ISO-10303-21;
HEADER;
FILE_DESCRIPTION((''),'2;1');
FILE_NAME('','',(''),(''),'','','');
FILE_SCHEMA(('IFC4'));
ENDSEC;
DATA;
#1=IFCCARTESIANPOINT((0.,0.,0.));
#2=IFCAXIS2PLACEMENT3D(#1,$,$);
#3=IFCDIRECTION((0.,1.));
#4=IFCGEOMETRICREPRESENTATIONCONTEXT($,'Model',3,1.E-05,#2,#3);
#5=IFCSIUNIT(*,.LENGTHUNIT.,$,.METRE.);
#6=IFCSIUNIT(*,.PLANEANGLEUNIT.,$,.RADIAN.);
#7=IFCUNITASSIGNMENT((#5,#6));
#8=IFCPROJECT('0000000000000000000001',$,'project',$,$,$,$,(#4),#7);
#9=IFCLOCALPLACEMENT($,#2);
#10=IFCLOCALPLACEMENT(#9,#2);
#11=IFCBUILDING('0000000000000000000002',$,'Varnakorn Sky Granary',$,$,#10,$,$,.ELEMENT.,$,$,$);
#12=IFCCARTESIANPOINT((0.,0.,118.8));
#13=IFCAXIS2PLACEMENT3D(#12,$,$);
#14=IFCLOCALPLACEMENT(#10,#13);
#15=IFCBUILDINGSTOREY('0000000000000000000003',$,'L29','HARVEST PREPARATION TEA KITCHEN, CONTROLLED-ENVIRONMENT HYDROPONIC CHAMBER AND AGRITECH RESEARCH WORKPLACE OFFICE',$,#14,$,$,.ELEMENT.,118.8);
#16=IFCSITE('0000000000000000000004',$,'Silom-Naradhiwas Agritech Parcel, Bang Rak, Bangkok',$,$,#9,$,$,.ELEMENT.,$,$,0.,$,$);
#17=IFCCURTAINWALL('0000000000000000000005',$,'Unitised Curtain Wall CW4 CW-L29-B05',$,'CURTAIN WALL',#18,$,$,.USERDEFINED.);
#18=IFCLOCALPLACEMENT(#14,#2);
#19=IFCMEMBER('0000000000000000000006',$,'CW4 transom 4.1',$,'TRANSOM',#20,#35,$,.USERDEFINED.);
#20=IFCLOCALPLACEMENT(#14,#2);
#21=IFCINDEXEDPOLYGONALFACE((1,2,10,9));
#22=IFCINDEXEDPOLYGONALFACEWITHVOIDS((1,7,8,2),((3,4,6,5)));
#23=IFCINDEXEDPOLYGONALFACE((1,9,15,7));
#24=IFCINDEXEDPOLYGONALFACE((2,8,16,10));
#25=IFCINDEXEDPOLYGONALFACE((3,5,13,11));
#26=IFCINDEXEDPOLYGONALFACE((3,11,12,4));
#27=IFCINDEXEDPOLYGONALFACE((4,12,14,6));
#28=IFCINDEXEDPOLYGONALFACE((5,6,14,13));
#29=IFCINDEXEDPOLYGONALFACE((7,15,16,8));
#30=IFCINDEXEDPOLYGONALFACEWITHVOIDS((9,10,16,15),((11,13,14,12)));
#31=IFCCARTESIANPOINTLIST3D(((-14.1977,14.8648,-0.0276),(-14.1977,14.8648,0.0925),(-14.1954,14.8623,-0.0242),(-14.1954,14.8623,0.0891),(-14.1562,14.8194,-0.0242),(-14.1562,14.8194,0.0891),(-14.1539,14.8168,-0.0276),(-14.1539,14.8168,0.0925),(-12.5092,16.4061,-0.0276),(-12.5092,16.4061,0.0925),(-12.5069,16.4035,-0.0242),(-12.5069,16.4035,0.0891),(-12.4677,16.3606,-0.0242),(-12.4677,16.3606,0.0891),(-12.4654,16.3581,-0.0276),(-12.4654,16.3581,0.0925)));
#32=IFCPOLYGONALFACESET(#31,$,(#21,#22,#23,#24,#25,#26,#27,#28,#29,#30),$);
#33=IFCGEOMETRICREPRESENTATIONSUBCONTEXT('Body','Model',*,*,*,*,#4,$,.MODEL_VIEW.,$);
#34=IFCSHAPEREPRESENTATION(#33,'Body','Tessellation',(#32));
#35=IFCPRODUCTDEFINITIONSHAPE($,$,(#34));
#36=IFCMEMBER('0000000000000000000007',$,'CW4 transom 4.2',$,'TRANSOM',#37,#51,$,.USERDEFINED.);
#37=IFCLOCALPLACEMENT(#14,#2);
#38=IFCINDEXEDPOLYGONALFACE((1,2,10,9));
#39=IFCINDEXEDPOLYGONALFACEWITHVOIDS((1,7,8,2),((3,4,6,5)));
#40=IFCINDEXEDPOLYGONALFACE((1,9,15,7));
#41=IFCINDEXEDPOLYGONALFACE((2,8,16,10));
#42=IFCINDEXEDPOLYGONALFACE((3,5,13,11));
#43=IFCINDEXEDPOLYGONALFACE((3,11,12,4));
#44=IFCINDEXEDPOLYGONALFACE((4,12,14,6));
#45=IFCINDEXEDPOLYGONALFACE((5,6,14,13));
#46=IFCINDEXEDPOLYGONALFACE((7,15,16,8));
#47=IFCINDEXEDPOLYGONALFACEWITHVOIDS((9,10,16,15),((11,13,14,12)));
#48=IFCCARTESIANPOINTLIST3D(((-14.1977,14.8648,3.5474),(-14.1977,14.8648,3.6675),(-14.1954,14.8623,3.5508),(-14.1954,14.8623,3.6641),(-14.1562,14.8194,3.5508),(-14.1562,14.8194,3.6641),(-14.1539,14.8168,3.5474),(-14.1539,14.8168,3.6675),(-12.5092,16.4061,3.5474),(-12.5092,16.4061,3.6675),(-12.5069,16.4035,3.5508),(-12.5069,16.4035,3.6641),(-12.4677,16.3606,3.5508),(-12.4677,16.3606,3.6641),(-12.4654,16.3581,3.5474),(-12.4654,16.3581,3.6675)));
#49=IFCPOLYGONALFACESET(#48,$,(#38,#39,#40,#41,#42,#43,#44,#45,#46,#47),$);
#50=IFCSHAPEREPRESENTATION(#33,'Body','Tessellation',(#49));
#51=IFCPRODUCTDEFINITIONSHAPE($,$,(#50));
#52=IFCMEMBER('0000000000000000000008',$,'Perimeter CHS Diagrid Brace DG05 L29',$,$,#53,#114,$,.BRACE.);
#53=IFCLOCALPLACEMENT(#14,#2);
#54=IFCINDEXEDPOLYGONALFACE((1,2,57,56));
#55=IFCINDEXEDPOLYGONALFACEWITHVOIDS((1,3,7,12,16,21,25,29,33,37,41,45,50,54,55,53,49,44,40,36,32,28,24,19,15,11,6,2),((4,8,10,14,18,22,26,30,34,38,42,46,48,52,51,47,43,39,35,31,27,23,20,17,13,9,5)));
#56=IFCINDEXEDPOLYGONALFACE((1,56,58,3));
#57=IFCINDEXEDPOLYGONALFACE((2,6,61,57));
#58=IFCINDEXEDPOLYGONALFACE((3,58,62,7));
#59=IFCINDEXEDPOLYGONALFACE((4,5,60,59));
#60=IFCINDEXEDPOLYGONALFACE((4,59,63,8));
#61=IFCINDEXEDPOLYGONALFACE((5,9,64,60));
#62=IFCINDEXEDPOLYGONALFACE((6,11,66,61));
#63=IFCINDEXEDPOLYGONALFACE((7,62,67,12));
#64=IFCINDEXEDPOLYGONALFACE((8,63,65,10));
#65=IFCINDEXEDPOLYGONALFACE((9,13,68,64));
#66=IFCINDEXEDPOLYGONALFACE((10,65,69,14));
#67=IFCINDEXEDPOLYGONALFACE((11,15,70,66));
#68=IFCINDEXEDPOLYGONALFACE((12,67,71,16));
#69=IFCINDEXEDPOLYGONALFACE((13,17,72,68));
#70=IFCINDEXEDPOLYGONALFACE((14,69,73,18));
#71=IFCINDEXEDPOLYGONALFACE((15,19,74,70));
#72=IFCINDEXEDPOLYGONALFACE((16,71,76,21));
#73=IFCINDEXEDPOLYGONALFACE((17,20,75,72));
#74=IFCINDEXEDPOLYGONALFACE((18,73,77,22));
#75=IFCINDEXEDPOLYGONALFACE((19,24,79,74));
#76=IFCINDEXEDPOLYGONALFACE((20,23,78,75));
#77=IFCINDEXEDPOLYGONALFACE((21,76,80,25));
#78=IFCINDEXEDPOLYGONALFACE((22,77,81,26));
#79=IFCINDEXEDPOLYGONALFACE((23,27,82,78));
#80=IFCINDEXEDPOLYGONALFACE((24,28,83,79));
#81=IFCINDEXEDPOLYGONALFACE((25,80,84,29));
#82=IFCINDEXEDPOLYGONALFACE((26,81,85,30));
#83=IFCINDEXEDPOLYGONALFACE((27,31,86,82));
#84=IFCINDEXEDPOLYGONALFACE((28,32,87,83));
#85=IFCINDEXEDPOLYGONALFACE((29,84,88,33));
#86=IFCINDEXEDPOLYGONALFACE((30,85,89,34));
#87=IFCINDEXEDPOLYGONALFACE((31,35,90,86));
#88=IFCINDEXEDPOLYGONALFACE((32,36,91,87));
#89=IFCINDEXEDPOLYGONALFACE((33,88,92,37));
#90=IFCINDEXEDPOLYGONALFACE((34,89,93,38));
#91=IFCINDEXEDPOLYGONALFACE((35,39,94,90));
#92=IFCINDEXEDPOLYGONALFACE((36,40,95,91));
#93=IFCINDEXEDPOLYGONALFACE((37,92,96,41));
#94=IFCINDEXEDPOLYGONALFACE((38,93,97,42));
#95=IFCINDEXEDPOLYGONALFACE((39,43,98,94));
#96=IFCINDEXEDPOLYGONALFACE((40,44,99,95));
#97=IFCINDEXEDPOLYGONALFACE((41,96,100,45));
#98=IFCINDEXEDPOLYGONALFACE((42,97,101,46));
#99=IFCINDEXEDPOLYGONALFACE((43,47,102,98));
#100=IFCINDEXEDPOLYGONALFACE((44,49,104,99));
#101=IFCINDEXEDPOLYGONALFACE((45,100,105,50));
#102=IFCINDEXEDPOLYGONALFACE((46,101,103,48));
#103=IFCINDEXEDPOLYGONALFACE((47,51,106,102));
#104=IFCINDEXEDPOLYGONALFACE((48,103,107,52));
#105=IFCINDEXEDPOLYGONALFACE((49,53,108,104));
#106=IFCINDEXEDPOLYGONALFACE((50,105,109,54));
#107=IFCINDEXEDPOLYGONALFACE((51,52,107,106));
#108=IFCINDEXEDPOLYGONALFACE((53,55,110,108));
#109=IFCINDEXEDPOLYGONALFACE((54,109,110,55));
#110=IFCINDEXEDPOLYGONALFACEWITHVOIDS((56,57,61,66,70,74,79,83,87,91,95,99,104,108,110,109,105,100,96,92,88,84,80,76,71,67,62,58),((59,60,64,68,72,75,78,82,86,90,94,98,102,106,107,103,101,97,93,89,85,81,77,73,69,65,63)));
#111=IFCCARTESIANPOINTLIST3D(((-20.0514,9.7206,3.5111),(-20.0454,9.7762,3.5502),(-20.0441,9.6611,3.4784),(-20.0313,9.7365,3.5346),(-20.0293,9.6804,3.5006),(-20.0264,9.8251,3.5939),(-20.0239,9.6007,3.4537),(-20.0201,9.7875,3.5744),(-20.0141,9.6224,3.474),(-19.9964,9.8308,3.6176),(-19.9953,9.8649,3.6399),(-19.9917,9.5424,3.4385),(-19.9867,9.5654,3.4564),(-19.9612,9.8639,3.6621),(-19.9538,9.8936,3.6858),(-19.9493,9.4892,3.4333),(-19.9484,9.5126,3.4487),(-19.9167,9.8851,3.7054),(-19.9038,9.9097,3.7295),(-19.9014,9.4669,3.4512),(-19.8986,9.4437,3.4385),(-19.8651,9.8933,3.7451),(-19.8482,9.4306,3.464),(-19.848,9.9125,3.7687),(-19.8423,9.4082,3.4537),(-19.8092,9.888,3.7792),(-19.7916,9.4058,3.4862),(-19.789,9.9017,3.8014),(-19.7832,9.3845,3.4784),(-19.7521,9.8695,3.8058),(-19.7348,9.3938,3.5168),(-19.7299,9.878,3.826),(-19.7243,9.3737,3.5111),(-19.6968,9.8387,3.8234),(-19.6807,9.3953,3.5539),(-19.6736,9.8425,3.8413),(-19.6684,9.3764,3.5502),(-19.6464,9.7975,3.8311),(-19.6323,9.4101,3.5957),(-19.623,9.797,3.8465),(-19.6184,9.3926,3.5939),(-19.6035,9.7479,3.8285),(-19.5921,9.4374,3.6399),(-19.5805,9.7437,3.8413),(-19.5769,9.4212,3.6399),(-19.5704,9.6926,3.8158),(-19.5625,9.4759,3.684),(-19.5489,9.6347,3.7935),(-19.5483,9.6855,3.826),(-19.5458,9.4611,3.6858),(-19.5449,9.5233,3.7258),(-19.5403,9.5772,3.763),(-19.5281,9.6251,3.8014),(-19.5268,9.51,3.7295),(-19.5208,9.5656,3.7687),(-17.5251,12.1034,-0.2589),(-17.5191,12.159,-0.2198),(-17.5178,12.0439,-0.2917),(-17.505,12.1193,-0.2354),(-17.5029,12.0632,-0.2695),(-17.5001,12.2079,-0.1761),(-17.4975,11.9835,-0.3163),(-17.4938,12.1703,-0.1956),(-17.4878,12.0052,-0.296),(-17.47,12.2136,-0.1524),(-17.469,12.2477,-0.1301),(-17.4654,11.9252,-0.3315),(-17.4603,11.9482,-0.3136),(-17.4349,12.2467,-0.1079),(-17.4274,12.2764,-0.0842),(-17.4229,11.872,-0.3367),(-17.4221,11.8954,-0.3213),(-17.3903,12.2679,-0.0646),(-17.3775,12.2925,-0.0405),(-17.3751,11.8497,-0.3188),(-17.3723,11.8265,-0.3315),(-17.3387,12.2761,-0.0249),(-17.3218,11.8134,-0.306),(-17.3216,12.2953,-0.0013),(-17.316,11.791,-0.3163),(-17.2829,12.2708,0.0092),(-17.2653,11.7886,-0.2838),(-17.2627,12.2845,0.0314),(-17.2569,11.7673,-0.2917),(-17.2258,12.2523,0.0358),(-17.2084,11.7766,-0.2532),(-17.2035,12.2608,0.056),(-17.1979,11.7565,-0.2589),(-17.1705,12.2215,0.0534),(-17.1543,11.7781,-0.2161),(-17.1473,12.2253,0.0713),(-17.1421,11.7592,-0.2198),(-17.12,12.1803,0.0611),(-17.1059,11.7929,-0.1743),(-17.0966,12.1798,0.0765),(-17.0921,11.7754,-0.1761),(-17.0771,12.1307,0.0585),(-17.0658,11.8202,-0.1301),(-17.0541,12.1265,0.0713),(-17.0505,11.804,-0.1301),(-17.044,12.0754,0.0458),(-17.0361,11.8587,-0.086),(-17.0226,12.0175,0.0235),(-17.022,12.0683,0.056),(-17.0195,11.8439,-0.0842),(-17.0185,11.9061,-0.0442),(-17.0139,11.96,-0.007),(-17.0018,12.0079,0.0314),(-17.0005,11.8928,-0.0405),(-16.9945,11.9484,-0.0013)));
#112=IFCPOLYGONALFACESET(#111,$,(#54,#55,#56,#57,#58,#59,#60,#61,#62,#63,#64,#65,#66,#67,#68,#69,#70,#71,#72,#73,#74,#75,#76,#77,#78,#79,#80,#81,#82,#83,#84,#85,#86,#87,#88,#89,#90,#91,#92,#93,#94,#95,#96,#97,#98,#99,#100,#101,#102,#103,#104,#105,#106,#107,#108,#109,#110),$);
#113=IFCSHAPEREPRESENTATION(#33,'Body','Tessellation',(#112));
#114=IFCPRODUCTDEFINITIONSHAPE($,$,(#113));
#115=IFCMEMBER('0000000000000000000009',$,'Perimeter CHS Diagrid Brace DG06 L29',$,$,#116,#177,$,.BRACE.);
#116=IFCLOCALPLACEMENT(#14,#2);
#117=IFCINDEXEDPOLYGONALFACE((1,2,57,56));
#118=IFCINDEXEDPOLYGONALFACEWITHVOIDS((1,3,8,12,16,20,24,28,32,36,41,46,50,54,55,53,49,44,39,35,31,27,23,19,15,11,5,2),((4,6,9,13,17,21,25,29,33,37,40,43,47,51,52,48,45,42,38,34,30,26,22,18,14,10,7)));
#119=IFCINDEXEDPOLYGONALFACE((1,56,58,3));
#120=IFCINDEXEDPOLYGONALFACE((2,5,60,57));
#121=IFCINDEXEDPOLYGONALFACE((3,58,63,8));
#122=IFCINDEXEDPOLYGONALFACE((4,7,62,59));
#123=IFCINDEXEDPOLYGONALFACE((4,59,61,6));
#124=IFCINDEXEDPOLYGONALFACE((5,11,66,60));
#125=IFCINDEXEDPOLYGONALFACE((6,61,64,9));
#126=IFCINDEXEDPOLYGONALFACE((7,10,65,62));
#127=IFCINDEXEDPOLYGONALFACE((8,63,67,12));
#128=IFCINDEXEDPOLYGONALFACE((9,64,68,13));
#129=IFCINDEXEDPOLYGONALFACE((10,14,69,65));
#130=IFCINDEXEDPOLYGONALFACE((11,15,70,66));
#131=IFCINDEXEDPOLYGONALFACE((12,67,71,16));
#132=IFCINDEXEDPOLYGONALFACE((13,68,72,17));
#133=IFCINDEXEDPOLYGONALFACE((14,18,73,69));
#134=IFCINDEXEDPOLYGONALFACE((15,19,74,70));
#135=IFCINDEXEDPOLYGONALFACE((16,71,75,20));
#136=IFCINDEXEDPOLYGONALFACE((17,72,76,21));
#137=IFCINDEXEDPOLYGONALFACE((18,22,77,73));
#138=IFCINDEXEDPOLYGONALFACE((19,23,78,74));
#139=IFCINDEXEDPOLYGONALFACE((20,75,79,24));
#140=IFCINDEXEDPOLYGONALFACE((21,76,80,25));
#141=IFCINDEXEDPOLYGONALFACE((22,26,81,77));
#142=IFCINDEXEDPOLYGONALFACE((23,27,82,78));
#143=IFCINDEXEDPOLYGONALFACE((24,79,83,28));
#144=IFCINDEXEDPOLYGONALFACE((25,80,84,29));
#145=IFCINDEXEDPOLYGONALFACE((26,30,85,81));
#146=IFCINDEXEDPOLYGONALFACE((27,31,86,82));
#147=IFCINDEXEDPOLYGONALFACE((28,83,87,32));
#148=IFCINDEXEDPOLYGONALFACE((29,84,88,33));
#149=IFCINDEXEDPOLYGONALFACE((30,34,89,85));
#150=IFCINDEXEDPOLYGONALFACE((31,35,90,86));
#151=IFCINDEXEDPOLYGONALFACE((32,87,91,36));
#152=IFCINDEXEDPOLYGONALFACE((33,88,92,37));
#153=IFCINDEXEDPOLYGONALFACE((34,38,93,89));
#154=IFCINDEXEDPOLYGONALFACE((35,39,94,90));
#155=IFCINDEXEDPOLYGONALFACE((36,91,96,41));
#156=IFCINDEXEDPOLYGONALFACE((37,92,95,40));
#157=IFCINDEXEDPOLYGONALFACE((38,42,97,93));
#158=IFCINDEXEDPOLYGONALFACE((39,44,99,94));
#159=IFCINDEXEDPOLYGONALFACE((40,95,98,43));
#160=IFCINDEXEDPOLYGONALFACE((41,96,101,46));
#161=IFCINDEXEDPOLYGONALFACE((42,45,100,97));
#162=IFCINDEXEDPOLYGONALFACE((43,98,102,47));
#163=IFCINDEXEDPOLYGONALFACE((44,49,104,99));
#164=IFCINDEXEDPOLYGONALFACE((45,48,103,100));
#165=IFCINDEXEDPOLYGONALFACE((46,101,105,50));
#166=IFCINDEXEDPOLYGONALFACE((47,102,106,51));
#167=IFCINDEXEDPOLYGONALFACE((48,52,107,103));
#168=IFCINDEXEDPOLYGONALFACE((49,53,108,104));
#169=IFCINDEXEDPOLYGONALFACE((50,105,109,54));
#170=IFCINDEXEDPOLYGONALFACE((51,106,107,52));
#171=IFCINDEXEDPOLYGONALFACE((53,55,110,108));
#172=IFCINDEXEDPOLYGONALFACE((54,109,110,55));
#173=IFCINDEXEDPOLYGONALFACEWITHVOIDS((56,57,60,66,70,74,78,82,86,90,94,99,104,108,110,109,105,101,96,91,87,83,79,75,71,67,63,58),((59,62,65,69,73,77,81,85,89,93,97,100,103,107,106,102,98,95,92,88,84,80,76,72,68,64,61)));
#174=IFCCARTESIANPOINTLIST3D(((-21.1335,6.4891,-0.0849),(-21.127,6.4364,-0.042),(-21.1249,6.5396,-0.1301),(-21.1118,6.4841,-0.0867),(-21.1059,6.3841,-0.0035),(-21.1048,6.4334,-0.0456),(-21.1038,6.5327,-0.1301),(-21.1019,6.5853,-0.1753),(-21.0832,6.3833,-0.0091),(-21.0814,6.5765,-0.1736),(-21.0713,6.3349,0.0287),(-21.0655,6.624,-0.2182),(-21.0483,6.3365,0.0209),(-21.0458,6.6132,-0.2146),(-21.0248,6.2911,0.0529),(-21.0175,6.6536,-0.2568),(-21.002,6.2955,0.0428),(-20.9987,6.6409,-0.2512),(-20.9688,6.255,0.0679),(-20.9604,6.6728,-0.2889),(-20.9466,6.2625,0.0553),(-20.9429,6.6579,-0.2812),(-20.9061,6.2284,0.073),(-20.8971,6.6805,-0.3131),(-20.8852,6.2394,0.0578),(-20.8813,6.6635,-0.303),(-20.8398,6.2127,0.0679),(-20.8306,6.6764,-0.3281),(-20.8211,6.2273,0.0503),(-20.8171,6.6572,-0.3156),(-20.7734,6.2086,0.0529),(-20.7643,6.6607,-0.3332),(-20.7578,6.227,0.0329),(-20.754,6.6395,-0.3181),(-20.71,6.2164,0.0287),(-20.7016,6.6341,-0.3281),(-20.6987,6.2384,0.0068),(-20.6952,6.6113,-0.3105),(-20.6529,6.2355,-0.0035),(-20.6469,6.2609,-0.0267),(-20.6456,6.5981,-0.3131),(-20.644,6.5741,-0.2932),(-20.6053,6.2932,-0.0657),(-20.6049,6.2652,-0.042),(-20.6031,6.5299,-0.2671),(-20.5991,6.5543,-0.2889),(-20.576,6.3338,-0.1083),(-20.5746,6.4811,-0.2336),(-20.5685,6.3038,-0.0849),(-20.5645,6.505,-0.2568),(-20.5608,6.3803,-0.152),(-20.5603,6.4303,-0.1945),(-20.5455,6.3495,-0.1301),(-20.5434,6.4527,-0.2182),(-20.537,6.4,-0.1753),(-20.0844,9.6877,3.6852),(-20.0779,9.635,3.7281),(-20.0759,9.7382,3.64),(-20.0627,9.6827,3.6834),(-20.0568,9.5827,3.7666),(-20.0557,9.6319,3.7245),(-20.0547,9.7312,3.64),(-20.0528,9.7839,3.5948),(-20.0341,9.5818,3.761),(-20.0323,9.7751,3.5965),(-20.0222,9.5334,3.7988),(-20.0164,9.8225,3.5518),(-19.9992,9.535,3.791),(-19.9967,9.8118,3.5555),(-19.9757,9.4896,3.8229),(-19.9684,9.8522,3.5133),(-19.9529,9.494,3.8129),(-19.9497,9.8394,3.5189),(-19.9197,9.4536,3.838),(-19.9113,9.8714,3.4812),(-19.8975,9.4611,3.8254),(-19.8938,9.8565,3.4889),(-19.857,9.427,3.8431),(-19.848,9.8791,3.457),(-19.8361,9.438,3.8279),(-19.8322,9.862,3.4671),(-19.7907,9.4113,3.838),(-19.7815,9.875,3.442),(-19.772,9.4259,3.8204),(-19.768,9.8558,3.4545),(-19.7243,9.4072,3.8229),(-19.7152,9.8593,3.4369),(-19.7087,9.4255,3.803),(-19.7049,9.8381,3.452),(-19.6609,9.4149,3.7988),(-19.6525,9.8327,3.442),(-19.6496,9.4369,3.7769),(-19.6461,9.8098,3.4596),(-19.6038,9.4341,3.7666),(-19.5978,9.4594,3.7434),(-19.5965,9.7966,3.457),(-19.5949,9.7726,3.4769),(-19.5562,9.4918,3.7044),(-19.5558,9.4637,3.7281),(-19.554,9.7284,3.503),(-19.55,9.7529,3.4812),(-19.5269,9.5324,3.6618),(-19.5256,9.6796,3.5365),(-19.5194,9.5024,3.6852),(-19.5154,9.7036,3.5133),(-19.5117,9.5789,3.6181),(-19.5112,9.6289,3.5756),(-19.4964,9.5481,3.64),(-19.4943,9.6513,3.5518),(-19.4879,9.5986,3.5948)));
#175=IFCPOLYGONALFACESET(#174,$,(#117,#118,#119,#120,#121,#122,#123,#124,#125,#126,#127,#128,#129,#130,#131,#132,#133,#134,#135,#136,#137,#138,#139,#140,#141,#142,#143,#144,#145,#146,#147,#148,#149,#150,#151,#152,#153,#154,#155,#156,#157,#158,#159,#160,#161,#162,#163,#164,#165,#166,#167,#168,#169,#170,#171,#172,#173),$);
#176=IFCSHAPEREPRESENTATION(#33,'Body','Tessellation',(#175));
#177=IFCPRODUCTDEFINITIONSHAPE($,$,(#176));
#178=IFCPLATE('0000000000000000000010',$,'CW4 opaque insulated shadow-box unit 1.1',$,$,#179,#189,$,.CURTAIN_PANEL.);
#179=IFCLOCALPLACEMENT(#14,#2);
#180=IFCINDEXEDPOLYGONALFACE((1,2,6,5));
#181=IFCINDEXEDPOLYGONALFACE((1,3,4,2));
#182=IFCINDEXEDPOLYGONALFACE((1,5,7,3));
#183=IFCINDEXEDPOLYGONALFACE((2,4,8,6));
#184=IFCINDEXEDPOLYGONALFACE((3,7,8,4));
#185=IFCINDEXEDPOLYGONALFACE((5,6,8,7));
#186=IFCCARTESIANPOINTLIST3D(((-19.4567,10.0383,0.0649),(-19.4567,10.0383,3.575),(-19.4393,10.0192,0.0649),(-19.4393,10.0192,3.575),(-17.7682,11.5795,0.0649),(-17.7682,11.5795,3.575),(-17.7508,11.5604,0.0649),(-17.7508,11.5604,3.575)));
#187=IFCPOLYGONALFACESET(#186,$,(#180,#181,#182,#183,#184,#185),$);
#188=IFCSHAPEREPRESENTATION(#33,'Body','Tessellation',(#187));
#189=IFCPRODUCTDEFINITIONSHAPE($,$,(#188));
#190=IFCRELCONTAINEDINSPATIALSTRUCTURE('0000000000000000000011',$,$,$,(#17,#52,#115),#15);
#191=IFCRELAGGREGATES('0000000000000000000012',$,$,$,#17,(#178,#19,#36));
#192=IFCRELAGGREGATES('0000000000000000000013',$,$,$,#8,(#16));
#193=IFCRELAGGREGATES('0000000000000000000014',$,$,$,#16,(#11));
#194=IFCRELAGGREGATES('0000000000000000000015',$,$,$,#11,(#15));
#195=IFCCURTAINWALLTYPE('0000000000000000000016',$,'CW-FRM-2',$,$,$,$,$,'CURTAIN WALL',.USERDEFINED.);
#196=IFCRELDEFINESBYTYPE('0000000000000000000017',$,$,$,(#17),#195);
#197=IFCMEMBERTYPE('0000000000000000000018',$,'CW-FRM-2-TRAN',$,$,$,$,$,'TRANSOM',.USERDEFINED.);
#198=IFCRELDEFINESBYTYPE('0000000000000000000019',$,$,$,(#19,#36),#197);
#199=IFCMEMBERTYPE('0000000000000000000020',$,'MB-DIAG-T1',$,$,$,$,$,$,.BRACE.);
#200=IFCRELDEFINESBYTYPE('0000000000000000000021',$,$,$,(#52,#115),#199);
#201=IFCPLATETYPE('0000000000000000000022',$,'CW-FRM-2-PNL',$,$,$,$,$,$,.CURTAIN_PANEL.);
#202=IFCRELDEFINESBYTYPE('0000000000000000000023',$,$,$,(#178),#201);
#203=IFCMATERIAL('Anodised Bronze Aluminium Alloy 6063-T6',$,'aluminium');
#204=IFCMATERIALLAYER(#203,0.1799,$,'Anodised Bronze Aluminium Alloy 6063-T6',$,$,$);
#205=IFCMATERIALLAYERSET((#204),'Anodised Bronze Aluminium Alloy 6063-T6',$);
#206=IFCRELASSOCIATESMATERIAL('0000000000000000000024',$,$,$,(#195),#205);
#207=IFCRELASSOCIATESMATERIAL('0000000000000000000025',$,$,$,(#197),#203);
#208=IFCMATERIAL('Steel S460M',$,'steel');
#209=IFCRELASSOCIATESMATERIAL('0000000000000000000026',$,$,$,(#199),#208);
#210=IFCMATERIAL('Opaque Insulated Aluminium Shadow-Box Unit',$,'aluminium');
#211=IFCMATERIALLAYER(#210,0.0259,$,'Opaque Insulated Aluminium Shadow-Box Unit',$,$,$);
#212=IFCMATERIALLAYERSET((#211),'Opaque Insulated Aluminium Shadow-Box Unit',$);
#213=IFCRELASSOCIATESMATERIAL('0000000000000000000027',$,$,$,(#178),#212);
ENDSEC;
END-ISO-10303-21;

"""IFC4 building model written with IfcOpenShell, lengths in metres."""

from ifc_helpers import new_model, si_unit, direction, frame, origin, origin_2d, place, context, subcontext, project, spatial, rectangle, hollow_rectangle, hollow_circle, extrude, source, transform, mapped, material, layer, layer_set, material_profile, profile_set, type_object, element, aggregate, save


model = new_model("IFC4")

# Units and contexts
model_context = context("Model", 3, precision=1e-05, world=origin(), true_north=direction((0.0, 1.0)))
body_context = subcontext(model_context, "Body", "Model", "MODEL_VIEW")
ifc_project = project(units=[si_unit("LENGTHUNIT", "METRE"), si_unit("PLANEANGLEUNIT", "RADIAN")], contexts=[model_context])

# Site, building, storey
site_placement = place(None, origin())
site = spatial("IfcSite", under=ifc_project, at=site_placement, Name="Silom-Naradhiwas Agritech Parcel, Bang Rak, Bangkok", CompositionType="ELEMENT", RefElevation=0.0)
building_placement = place(site_placement, origin())
building = spatial("IfcBuilding", under=site, at=building_placement, Name="Varnakorn Sky Granary", CompositionType="ELEMENT")
storey_placement = place(building_placement, frame((0.0, 0.0, 118.8)))
storey = spatial("IfcBuildingStorey", under=building, at=storey_placement, Name="L29", Description="HARVEST PREPARATION TEA KITCHEN, CONTROLLED-ENVIRONMENT HYDROPONIC CHAMBER AND AGRITECH RESEARCH WORKPLACE OFFICE", CompositionType="ELEMENT", Elevation=118.8)

# Shared definitions
ifc_material_1 = material(Name="Steel S460M", Category="steel")

# Curtain wall
ifc_material_2 = material(Name="Anodised Bronze Aluminium Alloy 6063-T6", Category="aluminium")
ifc_layer_1 = layer(ifc_material_2, 0.1799, Name="Anodised Bronze Aluminium Alloy 6063-T6")
ifc_layer_set_1 = layer_set([ifc_layer_1], Name="Anodised Bronze Aluminium Alloy 6063-T6")
curtain_wall_type = type_object("IfcCurtainWallType", Name="CW-FRM-2", ElementType="CURTAIN WALL", PredefinedType="USERDEFINED", material=ifc_layer_set_1)
curtain_wall_1_placement = place(storey_placement, origin())
curtain_wall_1 = element("IfcCurtainWall", 1, at=curtain_wall_1_placement, inside=storey, type_object=curtain_wall_type, Name="Unitised Curtain Wall CW4 CW-L29-B05", ObjectType="CURTAIN WALL", PredefinedType="USERDEFINED")

# Members
ifc_material_profile_1 = material_profile(ifc_material_2, hollow_rectangle(XDim=0.0649, YDim=0.1201, WallThickness=0.0034, at=origin_2d()), Name="ALU TRAN 65x120")
ifc_profile_set_1 = profile_set([ifc_material_profile_1], Name="Anodised Bronze Aluminium Alloy 6063-T6")
member_type_1 = type_object("IfcMemberType", Name="CW-FRM-2-TRAN", ElementType="TRANSOM", PredefinedType="USERDEFINED", material=ifc_profile_set_1)
member_1_placement = place(storey_placement, frame((-14.1758, 14.8408, 0.0325), z_axis=(0.738571, 0.674176, 0.0), x_axis=(-0.674176, 0.738571, 0.0)))
member_1 = element("IfcMember", 2, at=member_1_placement, type_object=member_type_1, Name="CW4 transom 4.1", ObjectType="TRANSOM", PredefinedType="USERDEFINED", context=body_context, shape_type="SweptSolid", body=[
    extrude(hollow_rectangle(XDim=0.0649, YDim=0.1201, WallThickness=0.0034, at=origin_2d()), origin(), (0.0, 0.0, 1.0), 2.2861),
])
member_2_placement = place(storey_placement, frame((-14.1758, 14.8408, 3.6074), z_axis=(0.738571, 0.674176, 0.0), x_axis=(-0.674176, 0.738571, 0.0)))
member_2 = element("IfcMember", 3, at=member_2_placement, type_object=member_type_1, Name="CW4 transom 4.2", ObjectType="TRANSOM", PredefinedType="USERDEFINED", context=body_context, shape_type="SweptSolid", body=[
    extrude(hollow_rectangle(XDim=0.0649, YDim=0.1201, WallThickness=0.0034, at=origin_2d()), origin(), (0.0, 0.0, 1.0), 2.2861),
])

# Members
ifc_material_profile_2 = material_profile(ifc_material_1, hollow_circle(Radius=0.3049, WallThickness=0.0222, at=origin_2d()), Name="CHS 610x22")
ifc_profile_set_2 = profile_set([ifc_material_profile_2], Name="Steel S460M")
member_type_2 = type_object("IfcMemberType", Name="MB-DIAG-T1", PredefinedType="BRACE", material=ifc_profile_set_2)
member_3_placement = place(storey_placement, frame((-17.2598, 12.0259, -0.1301), z_axis=(-0.492877, -0.46487, 0.735505), x_axis=(0.686136, -0.727473, 0.0)))
element("IfcMember", 4, at=member_3_placement, inside=storey, type_object=member_type_2, Name="Perimeter CHS Diagrid Brace DG05 L29", PredefinedType="BRACE", context=body_context, shape_type="SweptSolid", body=[
    extrude(hollow_circle(Radius=0.3049, WallThickness=0.0222, at=origin_2d()), origin(), (0.0, 0.0, 1.0), 5.1257),
])
member_4_placement = place(storey_placement, frame((-20.8352, 6.4446, -0.1301), z_axis=(0.207569, 0.63285, 0.745933), x_axis=(-0.950195, 0.311655, 0.0)))
element("IfcMember", 5, at=member_4_placement, inside=storey, type_object=member_type_2, Name="Perimeter CHS Diagrid Brace DG06 L29", PredefinedType="BRACE", context=body_context, shape_type="SweptSolid", body=[
    extrude(hollow_circle(Radius=0.3049, WallThickness=0.0222, at=origin_2d()), origin(), (0.0, 0.0, 1.0), 5.0542),
])

# Plate
ifc_material_3 = material(Name="Opaque Insulated Aluminium Shadow-Box Unit", Category="aluminium")
ifc_layer_2 = layer(ifc_material_3, 0.0259, Name="Opaque Insulated Aluminium Shadow-Box Unit")
ifc_layer_set_2 = layer_set([ifc_layer_2], Name="Opaque Insulated Aluminium Shadow-Box Unit")
plate_type = type_object("IfcPlateType", Name="CW-FRM-2-PNL", PredefinedType="CURTAIN_PANEL")
shared_shape_1 = source(origin(), body_context, "Body", "SweptSolid", [
    extrude(rectangle(XDim=2.2861, YDim=0.0259, at=origin_2d()), origin(), (0.0, 0.0, 1.0), 3.51),
])
plate_1_placement = place(storey_placement, frame((-18.6038, 10.7993, 0.0649), z_axis=(0.0, 0.0, 1.0), x_axis=(0.738592, 0.674153, 0.0)))
plate_1 = element("IfcPlate", 6, at=plate_1_placement, type_object=plate_type, material=ifc_layer_set_2, Name="CW4 opaque insulated shadow-box unit 1.1", PredefinedType="CURTAIN_PANEL", context=body_context, shape_type="MappedRepresentation", body=[
    mapped(shared_shape_1, transform((0.0, 0.0, 0.0), x_axis=(1.0, 0.0, 0.0), y_axis=(0.0, 1.0, 0.0), z_axis=(0.0, 0.0, 1.0), scale=1.0)),
])
aggregate(curtain_wall_1, [plate_1, member_1, member_2])

save(model, "model.ifc")
